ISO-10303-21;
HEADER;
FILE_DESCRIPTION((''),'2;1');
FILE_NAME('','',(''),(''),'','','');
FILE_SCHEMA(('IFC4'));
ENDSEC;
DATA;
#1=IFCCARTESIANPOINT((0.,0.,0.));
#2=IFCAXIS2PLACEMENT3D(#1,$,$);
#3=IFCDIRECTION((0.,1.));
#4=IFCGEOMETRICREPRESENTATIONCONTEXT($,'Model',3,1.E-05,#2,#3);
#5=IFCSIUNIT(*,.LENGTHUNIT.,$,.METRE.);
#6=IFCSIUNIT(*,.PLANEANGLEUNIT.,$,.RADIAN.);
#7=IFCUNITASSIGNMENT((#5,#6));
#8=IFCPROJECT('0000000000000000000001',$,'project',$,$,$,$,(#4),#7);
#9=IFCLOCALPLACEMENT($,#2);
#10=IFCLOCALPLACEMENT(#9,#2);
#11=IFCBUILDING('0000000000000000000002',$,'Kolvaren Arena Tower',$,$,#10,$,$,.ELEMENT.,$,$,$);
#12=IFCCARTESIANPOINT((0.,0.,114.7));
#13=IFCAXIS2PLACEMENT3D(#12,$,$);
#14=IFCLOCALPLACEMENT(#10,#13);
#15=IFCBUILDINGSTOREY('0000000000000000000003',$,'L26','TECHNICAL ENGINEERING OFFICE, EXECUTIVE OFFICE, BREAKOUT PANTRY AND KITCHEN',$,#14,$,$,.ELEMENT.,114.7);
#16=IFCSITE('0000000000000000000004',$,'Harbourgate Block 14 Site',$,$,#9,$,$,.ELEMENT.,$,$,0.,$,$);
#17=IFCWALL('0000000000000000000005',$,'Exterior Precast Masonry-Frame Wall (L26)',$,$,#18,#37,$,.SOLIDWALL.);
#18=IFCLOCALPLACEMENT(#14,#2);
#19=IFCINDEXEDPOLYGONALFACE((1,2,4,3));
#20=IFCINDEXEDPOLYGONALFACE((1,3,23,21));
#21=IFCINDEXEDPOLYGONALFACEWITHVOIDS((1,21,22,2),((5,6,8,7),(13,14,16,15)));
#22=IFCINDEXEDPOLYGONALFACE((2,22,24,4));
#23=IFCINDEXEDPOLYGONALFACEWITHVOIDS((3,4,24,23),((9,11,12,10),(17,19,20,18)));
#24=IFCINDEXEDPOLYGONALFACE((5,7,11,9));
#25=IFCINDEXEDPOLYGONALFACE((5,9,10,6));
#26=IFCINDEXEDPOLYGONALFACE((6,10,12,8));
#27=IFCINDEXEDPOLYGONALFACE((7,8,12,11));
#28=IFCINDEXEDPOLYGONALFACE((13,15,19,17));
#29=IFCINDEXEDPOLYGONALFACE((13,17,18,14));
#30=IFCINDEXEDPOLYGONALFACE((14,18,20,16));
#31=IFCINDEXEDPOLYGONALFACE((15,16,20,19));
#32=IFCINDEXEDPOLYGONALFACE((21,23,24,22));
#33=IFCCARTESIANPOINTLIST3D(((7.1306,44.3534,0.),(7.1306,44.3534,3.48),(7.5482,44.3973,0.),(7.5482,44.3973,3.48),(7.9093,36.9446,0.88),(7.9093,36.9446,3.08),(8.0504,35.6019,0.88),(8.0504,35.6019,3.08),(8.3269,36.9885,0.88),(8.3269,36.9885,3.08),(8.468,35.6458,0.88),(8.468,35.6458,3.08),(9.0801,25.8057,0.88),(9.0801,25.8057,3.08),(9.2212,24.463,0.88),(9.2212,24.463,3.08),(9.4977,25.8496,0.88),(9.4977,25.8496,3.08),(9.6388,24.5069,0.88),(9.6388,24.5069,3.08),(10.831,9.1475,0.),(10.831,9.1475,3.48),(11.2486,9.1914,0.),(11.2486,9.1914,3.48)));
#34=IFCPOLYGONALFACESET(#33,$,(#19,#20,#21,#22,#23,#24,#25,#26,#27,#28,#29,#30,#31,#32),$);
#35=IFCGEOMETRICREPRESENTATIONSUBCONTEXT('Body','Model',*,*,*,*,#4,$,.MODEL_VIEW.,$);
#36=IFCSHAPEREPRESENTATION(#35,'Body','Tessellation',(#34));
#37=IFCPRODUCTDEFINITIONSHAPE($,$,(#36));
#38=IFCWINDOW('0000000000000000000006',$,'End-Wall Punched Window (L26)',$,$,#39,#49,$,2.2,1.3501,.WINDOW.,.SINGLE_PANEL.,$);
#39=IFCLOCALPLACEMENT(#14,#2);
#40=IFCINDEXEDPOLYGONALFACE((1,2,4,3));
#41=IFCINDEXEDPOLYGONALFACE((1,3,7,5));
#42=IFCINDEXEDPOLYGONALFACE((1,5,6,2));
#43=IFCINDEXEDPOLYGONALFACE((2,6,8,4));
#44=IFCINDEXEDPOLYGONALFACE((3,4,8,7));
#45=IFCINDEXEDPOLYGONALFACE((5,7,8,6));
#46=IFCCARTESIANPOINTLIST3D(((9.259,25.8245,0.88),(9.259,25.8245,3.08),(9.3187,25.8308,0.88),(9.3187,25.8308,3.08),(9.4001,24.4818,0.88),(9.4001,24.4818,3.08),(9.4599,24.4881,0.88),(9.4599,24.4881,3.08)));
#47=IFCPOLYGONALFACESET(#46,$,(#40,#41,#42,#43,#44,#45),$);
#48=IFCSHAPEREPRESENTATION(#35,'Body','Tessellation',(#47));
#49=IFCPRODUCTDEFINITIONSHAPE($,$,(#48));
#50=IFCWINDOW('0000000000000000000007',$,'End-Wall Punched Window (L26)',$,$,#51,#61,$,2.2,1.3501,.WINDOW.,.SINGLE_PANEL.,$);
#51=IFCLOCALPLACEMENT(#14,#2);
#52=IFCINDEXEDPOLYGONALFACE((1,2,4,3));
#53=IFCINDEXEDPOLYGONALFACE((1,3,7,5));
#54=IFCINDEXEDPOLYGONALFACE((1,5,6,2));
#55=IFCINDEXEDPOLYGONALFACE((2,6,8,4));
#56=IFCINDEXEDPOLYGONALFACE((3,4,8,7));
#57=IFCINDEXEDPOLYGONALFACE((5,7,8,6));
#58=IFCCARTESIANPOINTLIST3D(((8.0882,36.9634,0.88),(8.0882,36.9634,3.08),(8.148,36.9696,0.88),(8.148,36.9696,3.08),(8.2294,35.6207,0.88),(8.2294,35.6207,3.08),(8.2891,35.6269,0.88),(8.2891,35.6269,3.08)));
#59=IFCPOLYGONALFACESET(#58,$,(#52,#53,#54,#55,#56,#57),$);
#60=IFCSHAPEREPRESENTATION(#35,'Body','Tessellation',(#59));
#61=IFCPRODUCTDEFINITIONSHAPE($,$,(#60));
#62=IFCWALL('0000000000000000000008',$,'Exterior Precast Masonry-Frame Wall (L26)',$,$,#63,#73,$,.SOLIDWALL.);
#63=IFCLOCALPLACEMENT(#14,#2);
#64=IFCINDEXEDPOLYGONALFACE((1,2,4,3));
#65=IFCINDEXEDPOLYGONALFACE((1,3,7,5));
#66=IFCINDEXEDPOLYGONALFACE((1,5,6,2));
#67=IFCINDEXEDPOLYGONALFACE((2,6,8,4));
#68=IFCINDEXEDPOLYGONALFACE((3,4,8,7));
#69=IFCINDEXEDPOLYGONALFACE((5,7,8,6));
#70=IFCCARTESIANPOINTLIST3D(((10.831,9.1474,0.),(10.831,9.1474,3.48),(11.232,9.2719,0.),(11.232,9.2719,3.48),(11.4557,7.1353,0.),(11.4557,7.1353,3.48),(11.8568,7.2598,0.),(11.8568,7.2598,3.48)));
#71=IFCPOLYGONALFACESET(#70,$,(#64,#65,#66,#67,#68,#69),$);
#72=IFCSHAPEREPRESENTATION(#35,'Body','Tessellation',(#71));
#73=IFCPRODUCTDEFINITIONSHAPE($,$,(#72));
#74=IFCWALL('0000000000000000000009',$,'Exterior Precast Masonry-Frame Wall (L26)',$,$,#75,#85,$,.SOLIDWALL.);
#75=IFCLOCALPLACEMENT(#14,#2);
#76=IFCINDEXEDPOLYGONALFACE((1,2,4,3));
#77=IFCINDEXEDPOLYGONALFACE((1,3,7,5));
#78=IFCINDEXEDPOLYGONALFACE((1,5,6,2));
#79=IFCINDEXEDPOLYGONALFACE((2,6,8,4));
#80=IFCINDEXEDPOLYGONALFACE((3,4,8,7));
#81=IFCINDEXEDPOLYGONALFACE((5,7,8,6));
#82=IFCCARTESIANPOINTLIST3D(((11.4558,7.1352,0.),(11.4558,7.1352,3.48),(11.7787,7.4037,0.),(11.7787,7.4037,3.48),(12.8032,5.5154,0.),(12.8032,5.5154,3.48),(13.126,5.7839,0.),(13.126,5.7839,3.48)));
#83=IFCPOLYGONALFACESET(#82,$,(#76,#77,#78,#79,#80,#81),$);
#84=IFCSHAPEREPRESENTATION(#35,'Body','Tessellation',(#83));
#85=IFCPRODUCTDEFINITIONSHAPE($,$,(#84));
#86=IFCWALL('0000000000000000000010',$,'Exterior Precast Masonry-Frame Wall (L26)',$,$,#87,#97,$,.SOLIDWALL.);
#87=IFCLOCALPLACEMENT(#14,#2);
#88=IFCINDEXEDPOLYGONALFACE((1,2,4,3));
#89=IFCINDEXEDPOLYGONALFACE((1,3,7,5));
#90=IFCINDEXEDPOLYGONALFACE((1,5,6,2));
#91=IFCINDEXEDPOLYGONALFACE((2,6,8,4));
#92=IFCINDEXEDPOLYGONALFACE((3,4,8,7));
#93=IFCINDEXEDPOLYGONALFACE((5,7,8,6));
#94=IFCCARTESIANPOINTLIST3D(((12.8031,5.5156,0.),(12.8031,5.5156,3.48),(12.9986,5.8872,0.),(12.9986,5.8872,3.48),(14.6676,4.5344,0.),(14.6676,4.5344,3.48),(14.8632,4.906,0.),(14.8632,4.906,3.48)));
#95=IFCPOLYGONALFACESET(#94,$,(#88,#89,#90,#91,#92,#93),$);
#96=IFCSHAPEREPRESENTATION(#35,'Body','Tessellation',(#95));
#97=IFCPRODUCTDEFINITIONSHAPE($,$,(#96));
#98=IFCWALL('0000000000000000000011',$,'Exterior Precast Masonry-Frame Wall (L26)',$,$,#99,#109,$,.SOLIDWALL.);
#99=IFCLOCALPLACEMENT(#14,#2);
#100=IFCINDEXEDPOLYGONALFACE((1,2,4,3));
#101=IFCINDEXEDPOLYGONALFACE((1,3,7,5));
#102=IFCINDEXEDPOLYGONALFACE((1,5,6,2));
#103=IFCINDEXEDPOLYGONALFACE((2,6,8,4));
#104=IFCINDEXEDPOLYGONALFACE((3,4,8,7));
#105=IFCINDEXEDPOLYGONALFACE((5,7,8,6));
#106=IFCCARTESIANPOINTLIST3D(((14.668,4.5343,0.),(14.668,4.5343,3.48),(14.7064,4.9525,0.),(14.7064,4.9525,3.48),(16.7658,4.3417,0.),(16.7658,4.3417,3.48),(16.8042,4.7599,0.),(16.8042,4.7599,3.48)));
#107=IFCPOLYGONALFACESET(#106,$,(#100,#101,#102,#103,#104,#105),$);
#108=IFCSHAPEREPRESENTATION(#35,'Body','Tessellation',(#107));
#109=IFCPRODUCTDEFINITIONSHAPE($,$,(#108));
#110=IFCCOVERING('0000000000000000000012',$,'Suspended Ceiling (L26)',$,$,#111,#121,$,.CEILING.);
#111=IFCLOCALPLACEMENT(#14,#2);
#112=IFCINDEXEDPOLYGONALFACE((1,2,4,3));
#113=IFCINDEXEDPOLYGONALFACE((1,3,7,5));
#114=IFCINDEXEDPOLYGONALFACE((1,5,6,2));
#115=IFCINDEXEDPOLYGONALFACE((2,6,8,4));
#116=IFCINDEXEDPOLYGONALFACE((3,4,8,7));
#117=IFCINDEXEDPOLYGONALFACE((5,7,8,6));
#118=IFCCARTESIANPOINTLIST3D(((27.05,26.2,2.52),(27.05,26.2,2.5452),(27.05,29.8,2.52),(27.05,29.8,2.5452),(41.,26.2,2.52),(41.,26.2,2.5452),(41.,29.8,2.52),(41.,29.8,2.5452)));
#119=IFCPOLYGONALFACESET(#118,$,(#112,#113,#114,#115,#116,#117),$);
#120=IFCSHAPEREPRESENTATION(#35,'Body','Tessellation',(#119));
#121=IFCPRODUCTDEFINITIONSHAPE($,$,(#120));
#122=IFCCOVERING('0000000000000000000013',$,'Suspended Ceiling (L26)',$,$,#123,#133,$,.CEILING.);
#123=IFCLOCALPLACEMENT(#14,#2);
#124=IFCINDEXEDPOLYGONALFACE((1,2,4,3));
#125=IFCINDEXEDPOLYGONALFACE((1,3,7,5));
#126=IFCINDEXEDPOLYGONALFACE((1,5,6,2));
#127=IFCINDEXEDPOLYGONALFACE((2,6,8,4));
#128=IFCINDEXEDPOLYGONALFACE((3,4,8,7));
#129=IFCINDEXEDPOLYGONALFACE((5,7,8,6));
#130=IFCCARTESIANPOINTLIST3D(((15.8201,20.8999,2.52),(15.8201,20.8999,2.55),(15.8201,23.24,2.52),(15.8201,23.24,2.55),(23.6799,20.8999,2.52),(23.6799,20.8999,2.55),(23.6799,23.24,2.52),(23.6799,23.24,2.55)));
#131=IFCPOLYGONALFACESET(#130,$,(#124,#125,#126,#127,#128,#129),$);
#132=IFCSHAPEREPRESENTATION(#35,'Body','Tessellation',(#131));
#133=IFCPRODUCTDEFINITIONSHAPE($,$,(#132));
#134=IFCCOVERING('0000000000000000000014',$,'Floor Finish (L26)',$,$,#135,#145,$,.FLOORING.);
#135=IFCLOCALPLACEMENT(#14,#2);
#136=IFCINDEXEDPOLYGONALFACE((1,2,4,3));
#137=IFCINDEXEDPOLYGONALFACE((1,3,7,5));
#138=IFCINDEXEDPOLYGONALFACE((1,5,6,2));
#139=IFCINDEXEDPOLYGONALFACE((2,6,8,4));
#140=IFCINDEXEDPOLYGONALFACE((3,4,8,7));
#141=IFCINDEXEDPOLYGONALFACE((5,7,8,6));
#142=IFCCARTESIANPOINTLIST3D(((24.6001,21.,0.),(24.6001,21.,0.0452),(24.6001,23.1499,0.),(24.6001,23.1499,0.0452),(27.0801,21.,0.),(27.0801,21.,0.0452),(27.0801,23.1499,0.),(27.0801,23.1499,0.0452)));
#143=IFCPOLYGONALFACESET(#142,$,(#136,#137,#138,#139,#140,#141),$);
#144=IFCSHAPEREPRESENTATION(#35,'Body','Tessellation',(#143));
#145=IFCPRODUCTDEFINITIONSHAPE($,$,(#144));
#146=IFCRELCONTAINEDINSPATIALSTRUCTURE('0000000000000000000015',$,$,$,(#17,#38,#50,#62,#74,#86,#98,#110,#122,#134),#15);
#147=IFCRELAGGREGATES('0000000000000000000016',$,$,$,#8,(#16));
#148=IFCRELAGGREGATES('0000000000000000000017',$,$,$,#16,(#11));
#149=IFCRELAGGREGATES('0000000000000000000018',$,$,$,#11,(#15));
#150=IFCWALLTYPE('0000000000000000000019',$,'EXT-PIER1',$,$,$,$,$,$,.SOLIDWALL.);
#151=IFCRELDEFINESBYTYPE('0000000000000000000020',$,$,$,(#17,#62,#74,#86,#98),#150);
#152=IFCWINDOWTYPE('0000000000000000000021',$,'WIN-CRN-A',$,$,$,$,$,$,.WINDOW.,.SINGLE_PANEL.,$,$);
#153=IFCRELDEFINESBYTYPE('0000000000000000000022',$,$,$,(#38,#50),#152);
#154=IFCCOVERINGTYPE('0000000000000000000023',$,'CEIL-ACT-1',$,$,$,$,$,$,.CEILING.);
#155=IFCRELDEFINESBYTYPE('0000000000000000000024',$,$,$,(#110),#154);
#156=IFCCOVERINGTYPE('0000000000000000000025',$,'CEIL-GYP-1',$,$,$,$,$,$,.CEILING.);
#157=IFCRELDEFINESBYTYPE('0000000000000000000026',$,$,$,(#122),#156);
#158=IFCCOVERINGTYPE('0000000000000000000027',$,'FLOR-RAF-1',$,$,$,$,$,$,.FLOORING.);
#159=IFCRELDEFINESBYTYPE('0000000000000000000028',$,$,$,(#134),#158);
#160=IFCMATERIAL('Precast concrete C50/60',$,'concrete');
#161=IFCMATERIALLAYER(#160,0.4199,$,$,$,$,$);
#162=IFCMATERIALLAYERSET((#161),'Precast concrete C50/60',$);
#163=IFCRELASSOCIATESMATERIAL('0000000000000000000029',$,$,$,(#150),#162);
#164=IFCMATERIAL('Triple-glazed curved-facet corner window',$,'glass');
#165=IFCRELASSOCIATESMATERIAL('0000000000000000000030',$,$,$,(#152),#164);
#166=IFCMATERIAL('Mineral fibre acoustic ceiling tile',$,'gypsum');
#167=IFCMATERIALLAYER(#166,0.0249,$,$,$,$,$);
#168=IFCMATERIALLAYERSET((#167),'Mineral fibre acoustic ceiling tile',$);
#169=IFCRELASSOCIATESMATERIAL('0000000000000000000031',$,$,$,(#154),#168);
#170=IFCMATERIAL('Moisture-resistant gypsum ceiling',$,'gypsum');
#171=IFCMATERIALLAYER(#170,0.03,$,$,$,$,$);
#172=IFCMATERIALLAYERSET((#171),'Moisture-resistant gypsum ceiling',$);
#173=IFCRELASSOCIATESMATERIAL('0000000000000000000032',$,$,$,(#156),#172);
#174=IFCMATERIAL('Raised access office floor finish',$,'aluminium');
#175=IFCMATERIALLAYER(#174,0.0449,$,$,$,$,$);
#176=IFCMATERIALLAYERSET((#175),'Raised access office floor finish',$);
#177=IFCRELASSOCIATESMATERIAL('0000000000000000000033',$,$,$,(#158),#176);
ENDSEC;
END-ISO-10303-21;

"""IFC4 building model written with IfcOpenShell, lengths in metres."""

from ifc_helpers import new_model, si_unit, direction, frame, frame_2d, origin, place, context, subcontext, project, spatial, polyline, rectangle, outline, extrude, material, layer, layer_set, type_object, element, fill, save


model = new_model("IFC4")

# Units and contexts
model_context = context("Model", 3, precision=1e-05, world=origin(), true_north=direction((0.0, 1.0)))
body_context = subcontext(model_context, "Body", "Model", "MODEL_VIEW")
ifc_project = project(units=[si_unit("LENGTHUNIT", "METRE"), si_unit("PLANEANGLEUNIT", "RADIAN")], contexts=[model_context])

# Site, building, storey
site_placement = place(None, origin())
site = spatial("IfcSite", under=ifc_project, at=site_placement, Name="Harbourgate Block 14 Site", CompositionType="ELEMENT", RefElevation=0.0)
building_placement = place(site_placement, origin())
building = spatial("IfcBuilding", under=site, at=building_placement, Name="Kolvaren Arena Tower", CompositionType="ELEMENT")
storey_placement = place(building_placement, frame((0.0, 0.0, 114.7)))
storey = spatial("IfcBuildingStorey", under=building, at=storey_placement, Name="L26", Description="TECHNICAL ENGINEERING OFFICE, EXECUTIVE OFFICE, BREAKOUT PANTRY AND KITCHEN", CompositionType="ELEMENT", Elevation=114.7)

# Wall, openings, windows
ifc_material_1 = material(Name="Precast concrete C50/60", Category="concrete")
ifc_layer_1 = layer(ifc_material_1, 0.4199)
ifc_layer_set_1 = layer_set([ifc_layer_1], Name="Precast concrete C50/60")
wall_type = type_object("IfcWallType", Name="EXT-PIER1", PredefinedType="SOLIDWALL", material=ifc_layer_set_1)
wall_1_placement = place(storey_placement, frame((11.0398, 9.1694, 0.0), z_axis=(0.0, 0.0, 1.0), x_axis=(-0.104532, 0.994522, 0.0)))
wall_1 = element("IfcWall", 1, at=wall_1_placement, inside=storey, type_object=wall_type, Name="Exterior Precast Masonry-Frame Wall (L26)", PredefinedType="SOLIDWALL", context=body_context, shape_type="SweptSolid", body=[
    extrude(rectangle(XDim=35.3999, YDim=0.4199, at=frame_2d((17.7, 0.0))), origin(), (0.0, 0.0, 1.0), 3.48),
])
opening_1_placement = place(wall_1_placement, frame((15.3999, 0.0, 0.8799)))
opening_1 = element("IfcOpeningElement", 2, at=opening_1_placement, cuts=wall_1, PredefinedType="OPENING", context=body_context, shape_type="SweptSolid", body=[
    extrude(rectangle(XDim=1.3501, YDim=2.2, at=frame_2d((0.675, 1.1001))), frame((0.0, 0.22, 0.0), z_axis=(0.0, -1.0, 0.0), x_axis=(1.0, 0.0, 0.0)), (0.0, 0.0, 1.0), 0.4399),
])
opening_2_placement = place(wall_1_placement, frame((26.6001, 0.0, 0.8799)))
opening_2 = element("IfcOpeningElement", 3, at=opening_2_placement, cuts=wall_1, PredefinedType="OPENING", context=body_context, shape_type="SweptSolid", body=[
    extrude(rectangle(XDim=1.3501, YDim=2.2, at=frame_2d((0.675, 1.1001))), frame((0.0, 0.22, 0.0), z_axis=(0.0, -1.0, 0.0), x_axis=(1.0, 0.0, 0.0)), (0.0, 0.0, 1.0), 0.4399),
])
ifc_material_2 = material(Name="Triple-glazed curved-facet corner window", Category="glass")
window_type = type_object("IfcWindowType", Name="WIN-CRN-A", PartitioningType="SINGLE_PANEL", PredefinedType="WINDOW", material=ifc_material_2)
window_1_placement = place(opening_1_placement, origin())
window_1 = element("IfcWindow", 4, at=window_1_placement, inside=storey, type_object=window_type, Name="End-Wall Punched Window (L26)", OverallHeight=2.2, OverallWidth=1.3501, PartitioningType="SINGLE_PANEL", PredefinedType="WINDOW", context=body_context, shape_type="SweptSolid", body=[
    extrude(rectangle(XDim=1.3501, YDim=2.2, at=frame_2d((0.675, 1.1001))), frame((0.0, 0.03, 0.0), z_axis=(0.0, -1.0, 0.0), x_axis=(1.0, 0.0, 0.0)), (0.0, 0.0, 1.0), 0.0601),
])
fill(opening_1, window_1)
window_2_placement = place(opening_2_placement, origin())
window_2 = element("IfcWindow", 5, at=window_2_placement, inside=storey, type_object=window_type, Name="End-Wall Punched Window (L26)", OverallHeight=2.2, OverallWidth=1.3501, PartitioningType="SINGLE_PANEL", PredefinedType="WINDOW", context=body_context, shape_type="SweptSolid", body=[
    extrude(rectangle(XDim=1.3501, YDim=2.2, at=frame_2d((0.675, 1.1001))), frame((0.0, 0.03, 0.0), z_axis=(0.0, -1.0, 0.0), x_axis=(1.0, 0.0, 0.0)), (0.0, 0.0, 1.0), 0.0601),
])
fill(opening_2, window_2)

# Walls
for number, where, z_axis, x_axis, name in (
    (6, (11.6562, 7.1975, 0.0), (0.0, 0.0, 1.0), (-0.296519, 0.955027, 0.0), "Exterior Precast Masonry-Frame Wall (L26)"),
    (7, (12.9646, 5.6497, 0.0), (0.0, 0.0, 1.0), (-0.639489, 0.7688, 0.0), "Exterior Precast Masonry-Frame Wall (L26)"),
    (8, (14.7654, 4.7202, 0.0), (0.0, 0.0, 1.0), (-0.884941, 0.465703, 0.0), "Exterior Precast Masonry-Frame Wall (L26)"),
):
    element("IfcWall", number, at=place(storey_placement, frame(where, z_axis=z_axis, x_axis=x_axis)), inside=storey, type_object=wall_type, Name=name, PredefinedType="SOLIDWALL", context=body_context, shape_type="SweptSolid", body=[
        extrude(rectangle(XDim=2.1069, YDim=0.4199, at=frame_2d((1.0535, 0.0))), origin(), (0.0, 0.0, 1.0), 3.48),
    ])
wall_2_placement = place(storey_placement, frame((16.7849, 4.5508, 0.0), z_axis=(0.0, 0.0, 1.0), x_axis=(-0.995811, 0.091434, 0.0)))
element("IfcWall", 9, at=wall_2_placement, inside=storey, type_object=wall_type, Name="Exterior Precast Masonry-Frame Wall (L26)", PredefinedType="SOLIDWALL", context=body_context, shape_type="SweptSolid", body=[
    extrude(rectangle(XDim=2.1067, YDim=0.4199, at=frame_2d((1.0532, 0.0))), origin(), (0.0, 0.0, 1.0), 3.48),
])

# Coverings
ifc_material_3 = material(Name="Mineral fibre acoustic ceiling tile", Category="gypsum")
ifc_layer_2 = layer(ifc_material_3, 0.0249)
ifc_layer_set_2 = layer_set([ifc_layer_2], Name="Mineral fibre acoustic ceiling tile")
covering_type_1 = type_object("IfcCoveringType", Name="CEIL-ACT-1", PredefinedType="CEILING", material=ifc_layer_set_2)
covering_1_placement = place(storey_placement, frame((0.0, 0.0, 2.52)))
element("IfcCovering", 10, at=covering_1_placement, inside=storey, type_object=covering_type_1, Name="Suspended Ceiling (L26)", PredefinedType="CEILING", context=body_context, shape_type="SweptSolid", body=[
    extrude(outline(polyline([(27.05, 26.2), (27.05, 29.8), (41.0, 29.8), (41.0, 26.2), (27.05, 26.2)])), origin(), (0.0, 0.0, 1.0), 0.0251),
])
ifc_material_4 = material(Name="Moisture-resistant gypsum ceiling", Category="gypsum")
ifc_layer_3 = layer(ifc_material_4, 0.03)
ifc_layer_set_3 = layer_set([ifc_layer_3], Name="Moisture-resistant gypsum ceiling")
covering_type_2 = type_object("IfcCoveringType", Name="CEIL-GYP-1", PredefinedType="CEILING", material=ifc_layer_set_3)
covering_2_placement = place(storey_placement, frame((0.0, 0.0, 2.52)))
element("IfcCovering", 11, at=covering_2_placement, inside=storey, type_object=covering_type_2, Name="Suspended Ceiling (L26)", PredefinedType="CEILING", context=body_context, shape_type="SweptSolid", body=[
    extrude(outline(polyline([(15.8201, 20.8999), (15.8201, 23.24), (23.6799, 23.24), (23.6799, 20.8999), (15.8201, 20.8999)])), origin(), (0.0, 0.0, 1.0), 0.03),
])
ifc_material_5 = material(Name="Raised access office floor finish", Category="aluminium")
ifc_layer_4 = layer(ifc_material_5, 0.0449)
ifc_layer_set_4 = layer_set([ifc_layer_4], Name="Raised access office floor finish")
covering_type_3 = type_object("IfcCoveringType", Name="FLOR-RAF-1", PredefinedType="FLOORING", material=ifc_layer_set_4)
covering_3_placement = place(storey_placement, origin())
element("IfcCovering", 12, at=covering_3_placement, inside=storey, type_object=covering_type_3, Name="Floor Finish (L26)", PredefinedType="FLOORING", context=body_context, shape_type="SweptSolid", body=[
    extrude(outline(polyline([(24.6001, 21.0), (24.6001, 23.1499), (27.0801, 23.1499), (27.0801, 21.0), (24.6001, 21.0)])), origin(), (0.0, 0.0, 1.0), 0.0452),
])

save(model, "model.ifc")
